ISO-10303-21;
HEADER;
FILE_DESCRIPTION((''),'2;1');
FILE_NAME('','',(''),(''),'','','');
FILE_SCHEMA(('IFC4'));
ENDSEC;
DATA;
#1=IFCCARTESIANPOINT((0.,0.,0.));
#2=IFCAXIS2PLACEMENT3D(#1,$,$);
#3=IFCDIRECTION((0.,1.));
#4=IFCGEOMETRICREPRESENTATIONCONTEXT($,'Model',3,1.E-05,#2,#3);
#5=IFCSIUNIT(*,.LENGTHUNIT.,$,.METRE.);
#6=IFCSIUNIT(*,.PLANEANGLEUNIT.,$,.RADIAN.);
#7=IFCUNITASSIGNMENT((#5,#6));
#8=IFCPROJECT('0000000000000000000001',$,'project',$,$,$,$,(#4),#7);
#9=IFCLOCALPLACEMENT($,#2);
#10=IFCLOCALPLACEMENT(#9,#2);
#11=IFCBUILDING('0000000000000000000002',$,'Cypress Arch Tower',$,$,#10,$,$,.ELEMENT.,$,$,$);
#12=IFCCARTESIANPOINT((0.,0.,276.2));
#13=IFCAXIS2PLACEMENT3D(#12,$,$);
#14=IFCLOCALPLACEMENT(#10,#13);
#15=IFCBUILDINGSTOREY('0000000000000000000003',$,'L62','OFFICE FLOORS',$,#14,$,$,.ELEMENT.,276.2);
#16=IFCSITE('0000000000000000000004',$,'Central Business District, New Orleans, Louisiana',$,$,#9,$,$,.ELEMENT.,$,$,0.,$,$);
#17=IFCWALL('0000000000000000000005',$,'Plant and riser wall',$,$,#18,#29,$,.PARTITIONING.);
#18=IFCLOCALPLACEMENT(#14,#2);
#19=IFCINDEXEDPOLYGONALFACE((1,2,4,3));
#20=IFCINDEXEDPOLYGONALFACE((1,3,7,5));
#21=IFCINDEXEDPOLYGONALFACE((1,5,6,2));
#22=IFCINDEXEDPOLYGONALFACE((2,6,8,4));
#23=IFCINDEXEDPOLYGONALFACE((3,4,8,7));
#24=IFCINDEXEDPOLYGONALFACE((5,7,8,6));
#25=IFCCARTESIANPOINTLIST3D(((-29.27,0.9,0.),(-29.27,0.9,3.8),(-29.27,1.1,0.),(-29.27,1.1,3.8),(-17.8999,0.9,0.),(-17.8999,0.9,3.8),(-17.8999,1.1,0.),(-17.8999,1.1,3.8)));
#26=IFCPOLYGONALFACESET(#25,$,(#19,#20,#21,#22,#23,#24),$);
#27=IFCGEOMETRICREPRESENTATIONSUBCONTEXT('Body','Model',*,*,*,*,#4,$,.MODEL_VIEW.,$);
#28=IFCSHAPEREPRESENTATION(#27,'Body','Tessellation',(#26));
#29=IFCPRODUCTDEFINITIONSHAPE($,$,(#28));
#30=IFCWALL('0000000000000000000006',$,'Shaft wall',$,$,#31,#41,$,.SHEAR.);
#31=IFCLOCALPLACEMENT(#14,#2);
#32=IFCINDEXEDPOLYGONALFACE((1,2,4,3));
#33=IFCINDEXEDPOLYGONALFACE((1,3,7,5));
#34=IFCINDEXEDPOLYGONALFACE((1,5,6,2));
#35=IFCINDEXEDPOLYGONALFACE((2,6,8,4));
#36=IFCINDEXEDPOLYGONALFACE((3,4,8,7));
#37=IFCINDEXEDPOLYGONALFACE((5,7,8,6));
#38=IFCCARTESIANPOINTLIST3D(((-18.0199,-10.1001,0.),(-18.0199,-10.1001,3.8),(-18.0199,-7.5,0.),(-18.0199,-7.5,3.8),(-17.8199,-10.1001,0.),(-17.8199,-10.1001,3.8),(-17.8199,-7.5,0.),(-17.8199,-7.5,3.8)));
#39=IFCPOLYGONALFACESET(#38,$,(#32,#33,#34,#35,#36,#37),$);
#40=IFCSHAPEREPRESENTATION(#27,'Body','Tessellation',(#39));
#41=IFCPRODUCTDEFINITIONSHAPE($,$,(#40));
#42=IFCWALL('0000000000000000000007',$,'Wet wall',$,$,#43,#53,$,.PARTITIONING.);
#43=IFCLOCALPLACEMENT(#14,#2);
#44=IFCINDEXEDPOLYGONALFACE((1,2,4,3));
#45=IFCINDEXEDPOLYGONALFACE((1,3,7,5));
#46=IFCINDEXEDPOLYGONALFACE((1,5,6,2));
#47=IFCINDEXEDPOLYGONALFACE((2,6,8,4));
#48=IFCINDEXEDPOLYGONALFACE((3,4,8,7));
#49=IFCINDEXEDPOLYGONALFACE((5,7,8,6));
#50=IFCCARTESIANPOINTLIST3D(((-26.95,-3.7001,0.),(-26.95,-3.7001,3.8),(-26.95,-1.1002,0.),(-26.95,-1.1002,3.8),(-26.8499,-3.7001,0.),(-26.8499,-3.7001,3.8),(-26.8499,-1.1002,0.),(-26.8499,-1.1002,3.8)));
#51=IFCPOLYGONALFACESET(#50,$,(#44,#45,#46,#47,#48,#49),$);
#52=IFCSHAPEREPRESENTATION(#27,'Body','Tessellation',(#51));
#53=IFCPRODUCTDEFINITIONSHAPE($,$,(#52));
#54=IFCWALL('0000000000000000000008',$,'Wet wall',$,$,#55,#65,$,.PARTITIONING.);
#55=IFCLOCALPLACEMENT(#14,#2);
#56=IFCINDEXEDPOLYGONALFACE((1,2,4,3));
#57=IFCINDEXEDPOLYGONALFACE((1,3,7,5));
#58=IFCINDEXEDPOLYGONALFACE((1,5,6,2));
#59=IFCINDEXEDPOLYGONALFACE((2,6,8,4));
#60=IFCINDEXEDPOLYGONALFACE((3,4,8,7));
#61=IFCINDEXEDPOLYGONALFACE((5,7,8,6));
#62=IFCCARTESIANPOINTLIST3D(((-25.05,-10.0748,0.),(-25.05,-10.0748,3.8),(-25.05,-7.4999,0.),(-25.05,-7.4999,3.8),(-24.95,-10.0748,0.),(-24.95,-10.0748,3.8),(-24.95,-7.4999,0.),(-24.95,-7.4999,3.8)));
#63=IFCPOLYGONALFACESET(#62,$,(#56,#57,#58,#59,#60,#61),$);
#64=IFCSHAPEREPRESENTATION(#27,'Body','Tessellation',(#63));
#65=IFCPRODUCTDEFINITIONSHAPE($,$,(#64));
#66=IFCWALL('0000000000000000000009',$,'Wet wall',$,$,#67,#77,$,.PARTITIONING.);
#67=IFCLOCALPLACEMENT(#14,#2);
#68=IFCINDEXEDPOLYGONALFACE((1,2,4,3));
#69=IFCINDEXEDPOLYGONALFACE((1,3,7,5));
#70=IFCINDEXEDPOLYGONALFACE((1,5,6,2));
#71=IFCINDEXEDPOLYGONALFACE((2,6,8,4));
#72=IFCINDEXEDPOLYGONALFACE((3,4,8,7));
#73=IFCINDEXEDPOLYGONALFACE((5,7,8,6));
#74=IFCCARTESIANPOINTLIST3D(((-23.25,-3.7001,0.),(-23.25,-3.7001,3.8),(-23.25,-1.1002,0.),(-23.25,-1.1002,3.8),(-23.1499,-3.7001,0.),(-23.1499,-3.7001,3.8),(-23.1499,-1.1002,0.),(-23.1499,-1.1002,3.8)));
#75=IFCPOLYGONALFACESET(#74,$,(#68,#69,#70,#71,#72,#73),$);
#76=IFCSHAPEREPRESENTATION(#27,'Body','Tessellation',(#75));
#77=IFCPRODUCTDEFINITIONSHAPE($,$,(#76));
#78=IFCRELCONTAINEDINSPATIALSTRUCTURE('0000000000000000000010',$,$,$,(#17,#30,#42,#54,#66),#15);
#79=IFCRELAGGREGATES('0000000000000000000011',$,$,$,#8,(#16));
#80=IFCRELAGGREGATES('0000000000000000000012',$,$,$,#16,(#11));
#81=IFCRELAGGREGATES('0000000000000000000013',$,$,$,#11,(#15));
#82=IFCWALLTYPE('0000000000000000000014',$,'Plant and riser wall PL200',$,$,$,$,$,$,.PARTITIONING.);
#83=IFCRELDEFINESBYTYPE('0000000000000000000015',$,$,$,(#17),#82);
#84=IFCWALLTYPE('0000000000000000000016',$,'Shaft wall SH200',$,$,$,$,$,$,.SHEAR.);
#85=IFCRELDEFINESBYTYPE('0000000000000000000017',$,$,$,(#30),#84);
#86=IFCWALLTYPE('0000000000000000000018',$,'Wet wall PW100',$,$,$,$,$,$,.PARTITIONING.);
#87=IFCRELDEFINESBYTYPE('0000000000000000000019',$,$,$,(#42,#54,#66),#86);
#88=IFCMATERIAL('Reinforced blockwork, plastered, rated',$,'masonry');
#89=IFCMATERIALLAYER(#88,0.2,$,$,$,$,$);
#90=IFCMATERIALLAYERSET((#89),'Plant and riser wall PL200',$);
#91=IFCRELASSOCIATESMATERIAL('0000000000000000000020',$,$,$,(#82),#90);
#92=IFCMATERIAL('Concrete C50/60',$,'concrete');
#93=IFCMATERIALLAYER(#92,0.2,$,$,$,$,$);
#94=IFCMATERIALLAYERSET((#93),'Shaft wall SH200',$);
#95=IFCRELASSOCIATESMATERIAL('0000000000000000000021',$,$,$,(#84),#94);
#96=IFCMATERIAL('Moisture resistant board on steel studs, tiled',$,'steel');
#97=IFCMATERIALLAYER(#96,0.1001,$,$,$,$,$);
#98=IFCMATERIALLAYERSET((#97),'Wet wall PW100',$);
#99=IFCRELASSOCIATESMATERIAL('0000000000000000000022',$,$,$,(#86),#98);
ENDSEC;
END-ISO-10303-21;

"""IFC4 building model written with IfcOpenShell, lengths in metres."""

from ifc_helpers import new_model, si_unit, direction, frame, frame_2d, origin, place, context, subcontext, project, spatial, rectangle, extrude, material, layer, layer_set, type_object, element, save


model = new_model("IFC4")

# Units and contexts
model_context = context("Model", 3, precision=1e-05, world=origin(), true_north=direction((0.0, 1.0)))
body_context = subcontext(model_context, "Body", "Model", "MODEL_VIEW")
ifc_project = project(units=[si_unit("LENGTHUNIT", "METRE"), si_unit("PLANEANGLEUNIT", "RADIAN")], contexts=[model_context])

# Site, building, storey
site_placement = place(None, origin())
site = spatial("IfcSite", under=ifc_project, at=site_placement, Name="Central Business District, New Orleans, Louisiana", CompositionType="ELEMENT", RefElevation=0.0)
building_placement = place(site_placement, origin())
building = spatial("IfcBuilding", under=site, at=building_placement, Name="Cypress Arch Tower", CompositionType="ELEMENT")
storey_placement = place(building_placement, frame((0.0, 0.0, 276.2)))
storey = spatial("IfcBuildingStorey", under=building, at=storey_placement, Name="L62", Description="OFFICE FLOORS", CompositionType="ELEMENT", Elevation=276.2)

# Walls
ifc_material_1 = material(Name="Reinforced blockwork, plastered, rated", Category="masonry")
ifc_layer_1 = layer(ifc_material_1, 0.2)
ifc_layer_set_1 = layer_set([ifc_layer_1], Name="Plant and riser wall PL200")
wall_type_1 = type_object("IfcWallType", Name="Plant and riser wall PL200", PredefinedType="PARTITIONING", material=ifc_layer_set_1)
wall_1_placement = place(storey_placement, frame((-29.27, 1.0, 0.0), z_axis=(0.0, 0.0, 1.0), x_axis=(1.0, 0.0, 0.0)))
element("IfcWall", 1, at=wall_1_placement, inside=storey, type_object=wall_type_1, Name="Plant and riser wall", PredefinedType="PARTITIONING", context=body_context, shape_type="SweptSolid", body=[
    extrude(rectangle(XDim=11.3701, YDim=0.2, at=frame_2d((5.6851, 0.0))), origin(), (0.0, 0.0, 1.0), 3.8),
])
ifc_material_2 = material(Name="Concrete C50/60", Category="concrete")
ifc_layer_2 = layer(ifc_material_2, 0.2)
ifc_layer_set_2 = layer_set([ifc_layer_2], Name="Shaft wall SH200")
wall_type_2 = type_object("IfcWallType", Name="Shaft wall SH200", PredefinedType="SHEAR", material=ifc_layer_set_2)
wall_2_placement = place(storey_placement, frame((-17.9199, -10.1001, 0.0), z_axis=(0.0, 0.0, 1.0), x_axis=(0.0, 1.0, 0.0)))
element("IfcWall", 2, at=wall_2_placement, inside=storey, type_object=wall_type_2, Name="Shaft wall", PredefinedType="SHEAR", context=body_context, shape_type="SweptSolid", body=[
    extrude(rectangle(XDim=2.6001, YDim=0.2, at=frame_2d((1.3, 0.0))), origin(), (0.0, 0.0, 1.0), 3.8),
])
ifc_material_3 = material(Name="Moisture resistant board on steel studs, tiled", Category="steel")
ifc_layer_3 = layer(ifc_material_3, 0.1001)
ifc_layer_set_3 = layer_set([ifc_layer_3], Name="Wet wall PW100")
wall_type_3 = type_object("IfcWallType", Name="Wet wall PW100", PredefinedType="PARTITIONING", material=ifc_layer_set_3)
wall_3_placement = place(storey_placement, frame((-26.8999, -3.7, 0.0), z_axis=(0.0, 0.0, 1.0), x_axis=(0.0, 1.0, 0.0)))
element("IfcWall", 3, at=wall_3_placement, inside=storey, type_object=wall_type_3, Name="Wet wall", PredefinedType="PARTITIONING", context=body_context, shape_type="SweptSolid", body=[
    extrude(rectangle(XDim=2.5999, YDim=0.1001, at=frame_2d((1.2998, 0.0))), origin(), (0.0, 0.0, 1.0), 3.8),
])
wall_4_placement = place(storey_placement, frame((-25.0, -10.075, 0.0), z_axis=(0.0, 0.0, 1.0), x_axis=(0.0, 1.0, 0.0)))
element("IfcWall", 4, at=wall_4_placement, inside=storey, type_object=wall_type_3, Name="Wet wall", PredefinedType="PARTITIONING", context=body_context, shape_type="SweptSolid", body=[
    extrude(rectangle(XDim=2.575, YDim=0.1001, at=frame_2d((1.2876, 0.0))), origin(), (0.0, 0.0, 1.0), 3.8),
])
wall_5_placement = place(storey_placement, frame((-23.2, -3.7, 0.0), z_axis=(0.0, 0.0, 1.0), x_axis=(0.0, 1.0, 0.0)))
element("IfcWall", 5, at=wall_5_placement, inside=storey, type_object=wall_type_3, Name="Wet wall", PredefinedType="PARTITIONING", context=body_context, shape_type="SweptSolid", body=[
    extrude(rectangle(XDim=2.5999, YDim=0.1001, at=frame_2d((1.2998, 0.0))), origin(), (0.0, 0.0, 1.0), 3.8),
])

save(model, "model.ifc")
